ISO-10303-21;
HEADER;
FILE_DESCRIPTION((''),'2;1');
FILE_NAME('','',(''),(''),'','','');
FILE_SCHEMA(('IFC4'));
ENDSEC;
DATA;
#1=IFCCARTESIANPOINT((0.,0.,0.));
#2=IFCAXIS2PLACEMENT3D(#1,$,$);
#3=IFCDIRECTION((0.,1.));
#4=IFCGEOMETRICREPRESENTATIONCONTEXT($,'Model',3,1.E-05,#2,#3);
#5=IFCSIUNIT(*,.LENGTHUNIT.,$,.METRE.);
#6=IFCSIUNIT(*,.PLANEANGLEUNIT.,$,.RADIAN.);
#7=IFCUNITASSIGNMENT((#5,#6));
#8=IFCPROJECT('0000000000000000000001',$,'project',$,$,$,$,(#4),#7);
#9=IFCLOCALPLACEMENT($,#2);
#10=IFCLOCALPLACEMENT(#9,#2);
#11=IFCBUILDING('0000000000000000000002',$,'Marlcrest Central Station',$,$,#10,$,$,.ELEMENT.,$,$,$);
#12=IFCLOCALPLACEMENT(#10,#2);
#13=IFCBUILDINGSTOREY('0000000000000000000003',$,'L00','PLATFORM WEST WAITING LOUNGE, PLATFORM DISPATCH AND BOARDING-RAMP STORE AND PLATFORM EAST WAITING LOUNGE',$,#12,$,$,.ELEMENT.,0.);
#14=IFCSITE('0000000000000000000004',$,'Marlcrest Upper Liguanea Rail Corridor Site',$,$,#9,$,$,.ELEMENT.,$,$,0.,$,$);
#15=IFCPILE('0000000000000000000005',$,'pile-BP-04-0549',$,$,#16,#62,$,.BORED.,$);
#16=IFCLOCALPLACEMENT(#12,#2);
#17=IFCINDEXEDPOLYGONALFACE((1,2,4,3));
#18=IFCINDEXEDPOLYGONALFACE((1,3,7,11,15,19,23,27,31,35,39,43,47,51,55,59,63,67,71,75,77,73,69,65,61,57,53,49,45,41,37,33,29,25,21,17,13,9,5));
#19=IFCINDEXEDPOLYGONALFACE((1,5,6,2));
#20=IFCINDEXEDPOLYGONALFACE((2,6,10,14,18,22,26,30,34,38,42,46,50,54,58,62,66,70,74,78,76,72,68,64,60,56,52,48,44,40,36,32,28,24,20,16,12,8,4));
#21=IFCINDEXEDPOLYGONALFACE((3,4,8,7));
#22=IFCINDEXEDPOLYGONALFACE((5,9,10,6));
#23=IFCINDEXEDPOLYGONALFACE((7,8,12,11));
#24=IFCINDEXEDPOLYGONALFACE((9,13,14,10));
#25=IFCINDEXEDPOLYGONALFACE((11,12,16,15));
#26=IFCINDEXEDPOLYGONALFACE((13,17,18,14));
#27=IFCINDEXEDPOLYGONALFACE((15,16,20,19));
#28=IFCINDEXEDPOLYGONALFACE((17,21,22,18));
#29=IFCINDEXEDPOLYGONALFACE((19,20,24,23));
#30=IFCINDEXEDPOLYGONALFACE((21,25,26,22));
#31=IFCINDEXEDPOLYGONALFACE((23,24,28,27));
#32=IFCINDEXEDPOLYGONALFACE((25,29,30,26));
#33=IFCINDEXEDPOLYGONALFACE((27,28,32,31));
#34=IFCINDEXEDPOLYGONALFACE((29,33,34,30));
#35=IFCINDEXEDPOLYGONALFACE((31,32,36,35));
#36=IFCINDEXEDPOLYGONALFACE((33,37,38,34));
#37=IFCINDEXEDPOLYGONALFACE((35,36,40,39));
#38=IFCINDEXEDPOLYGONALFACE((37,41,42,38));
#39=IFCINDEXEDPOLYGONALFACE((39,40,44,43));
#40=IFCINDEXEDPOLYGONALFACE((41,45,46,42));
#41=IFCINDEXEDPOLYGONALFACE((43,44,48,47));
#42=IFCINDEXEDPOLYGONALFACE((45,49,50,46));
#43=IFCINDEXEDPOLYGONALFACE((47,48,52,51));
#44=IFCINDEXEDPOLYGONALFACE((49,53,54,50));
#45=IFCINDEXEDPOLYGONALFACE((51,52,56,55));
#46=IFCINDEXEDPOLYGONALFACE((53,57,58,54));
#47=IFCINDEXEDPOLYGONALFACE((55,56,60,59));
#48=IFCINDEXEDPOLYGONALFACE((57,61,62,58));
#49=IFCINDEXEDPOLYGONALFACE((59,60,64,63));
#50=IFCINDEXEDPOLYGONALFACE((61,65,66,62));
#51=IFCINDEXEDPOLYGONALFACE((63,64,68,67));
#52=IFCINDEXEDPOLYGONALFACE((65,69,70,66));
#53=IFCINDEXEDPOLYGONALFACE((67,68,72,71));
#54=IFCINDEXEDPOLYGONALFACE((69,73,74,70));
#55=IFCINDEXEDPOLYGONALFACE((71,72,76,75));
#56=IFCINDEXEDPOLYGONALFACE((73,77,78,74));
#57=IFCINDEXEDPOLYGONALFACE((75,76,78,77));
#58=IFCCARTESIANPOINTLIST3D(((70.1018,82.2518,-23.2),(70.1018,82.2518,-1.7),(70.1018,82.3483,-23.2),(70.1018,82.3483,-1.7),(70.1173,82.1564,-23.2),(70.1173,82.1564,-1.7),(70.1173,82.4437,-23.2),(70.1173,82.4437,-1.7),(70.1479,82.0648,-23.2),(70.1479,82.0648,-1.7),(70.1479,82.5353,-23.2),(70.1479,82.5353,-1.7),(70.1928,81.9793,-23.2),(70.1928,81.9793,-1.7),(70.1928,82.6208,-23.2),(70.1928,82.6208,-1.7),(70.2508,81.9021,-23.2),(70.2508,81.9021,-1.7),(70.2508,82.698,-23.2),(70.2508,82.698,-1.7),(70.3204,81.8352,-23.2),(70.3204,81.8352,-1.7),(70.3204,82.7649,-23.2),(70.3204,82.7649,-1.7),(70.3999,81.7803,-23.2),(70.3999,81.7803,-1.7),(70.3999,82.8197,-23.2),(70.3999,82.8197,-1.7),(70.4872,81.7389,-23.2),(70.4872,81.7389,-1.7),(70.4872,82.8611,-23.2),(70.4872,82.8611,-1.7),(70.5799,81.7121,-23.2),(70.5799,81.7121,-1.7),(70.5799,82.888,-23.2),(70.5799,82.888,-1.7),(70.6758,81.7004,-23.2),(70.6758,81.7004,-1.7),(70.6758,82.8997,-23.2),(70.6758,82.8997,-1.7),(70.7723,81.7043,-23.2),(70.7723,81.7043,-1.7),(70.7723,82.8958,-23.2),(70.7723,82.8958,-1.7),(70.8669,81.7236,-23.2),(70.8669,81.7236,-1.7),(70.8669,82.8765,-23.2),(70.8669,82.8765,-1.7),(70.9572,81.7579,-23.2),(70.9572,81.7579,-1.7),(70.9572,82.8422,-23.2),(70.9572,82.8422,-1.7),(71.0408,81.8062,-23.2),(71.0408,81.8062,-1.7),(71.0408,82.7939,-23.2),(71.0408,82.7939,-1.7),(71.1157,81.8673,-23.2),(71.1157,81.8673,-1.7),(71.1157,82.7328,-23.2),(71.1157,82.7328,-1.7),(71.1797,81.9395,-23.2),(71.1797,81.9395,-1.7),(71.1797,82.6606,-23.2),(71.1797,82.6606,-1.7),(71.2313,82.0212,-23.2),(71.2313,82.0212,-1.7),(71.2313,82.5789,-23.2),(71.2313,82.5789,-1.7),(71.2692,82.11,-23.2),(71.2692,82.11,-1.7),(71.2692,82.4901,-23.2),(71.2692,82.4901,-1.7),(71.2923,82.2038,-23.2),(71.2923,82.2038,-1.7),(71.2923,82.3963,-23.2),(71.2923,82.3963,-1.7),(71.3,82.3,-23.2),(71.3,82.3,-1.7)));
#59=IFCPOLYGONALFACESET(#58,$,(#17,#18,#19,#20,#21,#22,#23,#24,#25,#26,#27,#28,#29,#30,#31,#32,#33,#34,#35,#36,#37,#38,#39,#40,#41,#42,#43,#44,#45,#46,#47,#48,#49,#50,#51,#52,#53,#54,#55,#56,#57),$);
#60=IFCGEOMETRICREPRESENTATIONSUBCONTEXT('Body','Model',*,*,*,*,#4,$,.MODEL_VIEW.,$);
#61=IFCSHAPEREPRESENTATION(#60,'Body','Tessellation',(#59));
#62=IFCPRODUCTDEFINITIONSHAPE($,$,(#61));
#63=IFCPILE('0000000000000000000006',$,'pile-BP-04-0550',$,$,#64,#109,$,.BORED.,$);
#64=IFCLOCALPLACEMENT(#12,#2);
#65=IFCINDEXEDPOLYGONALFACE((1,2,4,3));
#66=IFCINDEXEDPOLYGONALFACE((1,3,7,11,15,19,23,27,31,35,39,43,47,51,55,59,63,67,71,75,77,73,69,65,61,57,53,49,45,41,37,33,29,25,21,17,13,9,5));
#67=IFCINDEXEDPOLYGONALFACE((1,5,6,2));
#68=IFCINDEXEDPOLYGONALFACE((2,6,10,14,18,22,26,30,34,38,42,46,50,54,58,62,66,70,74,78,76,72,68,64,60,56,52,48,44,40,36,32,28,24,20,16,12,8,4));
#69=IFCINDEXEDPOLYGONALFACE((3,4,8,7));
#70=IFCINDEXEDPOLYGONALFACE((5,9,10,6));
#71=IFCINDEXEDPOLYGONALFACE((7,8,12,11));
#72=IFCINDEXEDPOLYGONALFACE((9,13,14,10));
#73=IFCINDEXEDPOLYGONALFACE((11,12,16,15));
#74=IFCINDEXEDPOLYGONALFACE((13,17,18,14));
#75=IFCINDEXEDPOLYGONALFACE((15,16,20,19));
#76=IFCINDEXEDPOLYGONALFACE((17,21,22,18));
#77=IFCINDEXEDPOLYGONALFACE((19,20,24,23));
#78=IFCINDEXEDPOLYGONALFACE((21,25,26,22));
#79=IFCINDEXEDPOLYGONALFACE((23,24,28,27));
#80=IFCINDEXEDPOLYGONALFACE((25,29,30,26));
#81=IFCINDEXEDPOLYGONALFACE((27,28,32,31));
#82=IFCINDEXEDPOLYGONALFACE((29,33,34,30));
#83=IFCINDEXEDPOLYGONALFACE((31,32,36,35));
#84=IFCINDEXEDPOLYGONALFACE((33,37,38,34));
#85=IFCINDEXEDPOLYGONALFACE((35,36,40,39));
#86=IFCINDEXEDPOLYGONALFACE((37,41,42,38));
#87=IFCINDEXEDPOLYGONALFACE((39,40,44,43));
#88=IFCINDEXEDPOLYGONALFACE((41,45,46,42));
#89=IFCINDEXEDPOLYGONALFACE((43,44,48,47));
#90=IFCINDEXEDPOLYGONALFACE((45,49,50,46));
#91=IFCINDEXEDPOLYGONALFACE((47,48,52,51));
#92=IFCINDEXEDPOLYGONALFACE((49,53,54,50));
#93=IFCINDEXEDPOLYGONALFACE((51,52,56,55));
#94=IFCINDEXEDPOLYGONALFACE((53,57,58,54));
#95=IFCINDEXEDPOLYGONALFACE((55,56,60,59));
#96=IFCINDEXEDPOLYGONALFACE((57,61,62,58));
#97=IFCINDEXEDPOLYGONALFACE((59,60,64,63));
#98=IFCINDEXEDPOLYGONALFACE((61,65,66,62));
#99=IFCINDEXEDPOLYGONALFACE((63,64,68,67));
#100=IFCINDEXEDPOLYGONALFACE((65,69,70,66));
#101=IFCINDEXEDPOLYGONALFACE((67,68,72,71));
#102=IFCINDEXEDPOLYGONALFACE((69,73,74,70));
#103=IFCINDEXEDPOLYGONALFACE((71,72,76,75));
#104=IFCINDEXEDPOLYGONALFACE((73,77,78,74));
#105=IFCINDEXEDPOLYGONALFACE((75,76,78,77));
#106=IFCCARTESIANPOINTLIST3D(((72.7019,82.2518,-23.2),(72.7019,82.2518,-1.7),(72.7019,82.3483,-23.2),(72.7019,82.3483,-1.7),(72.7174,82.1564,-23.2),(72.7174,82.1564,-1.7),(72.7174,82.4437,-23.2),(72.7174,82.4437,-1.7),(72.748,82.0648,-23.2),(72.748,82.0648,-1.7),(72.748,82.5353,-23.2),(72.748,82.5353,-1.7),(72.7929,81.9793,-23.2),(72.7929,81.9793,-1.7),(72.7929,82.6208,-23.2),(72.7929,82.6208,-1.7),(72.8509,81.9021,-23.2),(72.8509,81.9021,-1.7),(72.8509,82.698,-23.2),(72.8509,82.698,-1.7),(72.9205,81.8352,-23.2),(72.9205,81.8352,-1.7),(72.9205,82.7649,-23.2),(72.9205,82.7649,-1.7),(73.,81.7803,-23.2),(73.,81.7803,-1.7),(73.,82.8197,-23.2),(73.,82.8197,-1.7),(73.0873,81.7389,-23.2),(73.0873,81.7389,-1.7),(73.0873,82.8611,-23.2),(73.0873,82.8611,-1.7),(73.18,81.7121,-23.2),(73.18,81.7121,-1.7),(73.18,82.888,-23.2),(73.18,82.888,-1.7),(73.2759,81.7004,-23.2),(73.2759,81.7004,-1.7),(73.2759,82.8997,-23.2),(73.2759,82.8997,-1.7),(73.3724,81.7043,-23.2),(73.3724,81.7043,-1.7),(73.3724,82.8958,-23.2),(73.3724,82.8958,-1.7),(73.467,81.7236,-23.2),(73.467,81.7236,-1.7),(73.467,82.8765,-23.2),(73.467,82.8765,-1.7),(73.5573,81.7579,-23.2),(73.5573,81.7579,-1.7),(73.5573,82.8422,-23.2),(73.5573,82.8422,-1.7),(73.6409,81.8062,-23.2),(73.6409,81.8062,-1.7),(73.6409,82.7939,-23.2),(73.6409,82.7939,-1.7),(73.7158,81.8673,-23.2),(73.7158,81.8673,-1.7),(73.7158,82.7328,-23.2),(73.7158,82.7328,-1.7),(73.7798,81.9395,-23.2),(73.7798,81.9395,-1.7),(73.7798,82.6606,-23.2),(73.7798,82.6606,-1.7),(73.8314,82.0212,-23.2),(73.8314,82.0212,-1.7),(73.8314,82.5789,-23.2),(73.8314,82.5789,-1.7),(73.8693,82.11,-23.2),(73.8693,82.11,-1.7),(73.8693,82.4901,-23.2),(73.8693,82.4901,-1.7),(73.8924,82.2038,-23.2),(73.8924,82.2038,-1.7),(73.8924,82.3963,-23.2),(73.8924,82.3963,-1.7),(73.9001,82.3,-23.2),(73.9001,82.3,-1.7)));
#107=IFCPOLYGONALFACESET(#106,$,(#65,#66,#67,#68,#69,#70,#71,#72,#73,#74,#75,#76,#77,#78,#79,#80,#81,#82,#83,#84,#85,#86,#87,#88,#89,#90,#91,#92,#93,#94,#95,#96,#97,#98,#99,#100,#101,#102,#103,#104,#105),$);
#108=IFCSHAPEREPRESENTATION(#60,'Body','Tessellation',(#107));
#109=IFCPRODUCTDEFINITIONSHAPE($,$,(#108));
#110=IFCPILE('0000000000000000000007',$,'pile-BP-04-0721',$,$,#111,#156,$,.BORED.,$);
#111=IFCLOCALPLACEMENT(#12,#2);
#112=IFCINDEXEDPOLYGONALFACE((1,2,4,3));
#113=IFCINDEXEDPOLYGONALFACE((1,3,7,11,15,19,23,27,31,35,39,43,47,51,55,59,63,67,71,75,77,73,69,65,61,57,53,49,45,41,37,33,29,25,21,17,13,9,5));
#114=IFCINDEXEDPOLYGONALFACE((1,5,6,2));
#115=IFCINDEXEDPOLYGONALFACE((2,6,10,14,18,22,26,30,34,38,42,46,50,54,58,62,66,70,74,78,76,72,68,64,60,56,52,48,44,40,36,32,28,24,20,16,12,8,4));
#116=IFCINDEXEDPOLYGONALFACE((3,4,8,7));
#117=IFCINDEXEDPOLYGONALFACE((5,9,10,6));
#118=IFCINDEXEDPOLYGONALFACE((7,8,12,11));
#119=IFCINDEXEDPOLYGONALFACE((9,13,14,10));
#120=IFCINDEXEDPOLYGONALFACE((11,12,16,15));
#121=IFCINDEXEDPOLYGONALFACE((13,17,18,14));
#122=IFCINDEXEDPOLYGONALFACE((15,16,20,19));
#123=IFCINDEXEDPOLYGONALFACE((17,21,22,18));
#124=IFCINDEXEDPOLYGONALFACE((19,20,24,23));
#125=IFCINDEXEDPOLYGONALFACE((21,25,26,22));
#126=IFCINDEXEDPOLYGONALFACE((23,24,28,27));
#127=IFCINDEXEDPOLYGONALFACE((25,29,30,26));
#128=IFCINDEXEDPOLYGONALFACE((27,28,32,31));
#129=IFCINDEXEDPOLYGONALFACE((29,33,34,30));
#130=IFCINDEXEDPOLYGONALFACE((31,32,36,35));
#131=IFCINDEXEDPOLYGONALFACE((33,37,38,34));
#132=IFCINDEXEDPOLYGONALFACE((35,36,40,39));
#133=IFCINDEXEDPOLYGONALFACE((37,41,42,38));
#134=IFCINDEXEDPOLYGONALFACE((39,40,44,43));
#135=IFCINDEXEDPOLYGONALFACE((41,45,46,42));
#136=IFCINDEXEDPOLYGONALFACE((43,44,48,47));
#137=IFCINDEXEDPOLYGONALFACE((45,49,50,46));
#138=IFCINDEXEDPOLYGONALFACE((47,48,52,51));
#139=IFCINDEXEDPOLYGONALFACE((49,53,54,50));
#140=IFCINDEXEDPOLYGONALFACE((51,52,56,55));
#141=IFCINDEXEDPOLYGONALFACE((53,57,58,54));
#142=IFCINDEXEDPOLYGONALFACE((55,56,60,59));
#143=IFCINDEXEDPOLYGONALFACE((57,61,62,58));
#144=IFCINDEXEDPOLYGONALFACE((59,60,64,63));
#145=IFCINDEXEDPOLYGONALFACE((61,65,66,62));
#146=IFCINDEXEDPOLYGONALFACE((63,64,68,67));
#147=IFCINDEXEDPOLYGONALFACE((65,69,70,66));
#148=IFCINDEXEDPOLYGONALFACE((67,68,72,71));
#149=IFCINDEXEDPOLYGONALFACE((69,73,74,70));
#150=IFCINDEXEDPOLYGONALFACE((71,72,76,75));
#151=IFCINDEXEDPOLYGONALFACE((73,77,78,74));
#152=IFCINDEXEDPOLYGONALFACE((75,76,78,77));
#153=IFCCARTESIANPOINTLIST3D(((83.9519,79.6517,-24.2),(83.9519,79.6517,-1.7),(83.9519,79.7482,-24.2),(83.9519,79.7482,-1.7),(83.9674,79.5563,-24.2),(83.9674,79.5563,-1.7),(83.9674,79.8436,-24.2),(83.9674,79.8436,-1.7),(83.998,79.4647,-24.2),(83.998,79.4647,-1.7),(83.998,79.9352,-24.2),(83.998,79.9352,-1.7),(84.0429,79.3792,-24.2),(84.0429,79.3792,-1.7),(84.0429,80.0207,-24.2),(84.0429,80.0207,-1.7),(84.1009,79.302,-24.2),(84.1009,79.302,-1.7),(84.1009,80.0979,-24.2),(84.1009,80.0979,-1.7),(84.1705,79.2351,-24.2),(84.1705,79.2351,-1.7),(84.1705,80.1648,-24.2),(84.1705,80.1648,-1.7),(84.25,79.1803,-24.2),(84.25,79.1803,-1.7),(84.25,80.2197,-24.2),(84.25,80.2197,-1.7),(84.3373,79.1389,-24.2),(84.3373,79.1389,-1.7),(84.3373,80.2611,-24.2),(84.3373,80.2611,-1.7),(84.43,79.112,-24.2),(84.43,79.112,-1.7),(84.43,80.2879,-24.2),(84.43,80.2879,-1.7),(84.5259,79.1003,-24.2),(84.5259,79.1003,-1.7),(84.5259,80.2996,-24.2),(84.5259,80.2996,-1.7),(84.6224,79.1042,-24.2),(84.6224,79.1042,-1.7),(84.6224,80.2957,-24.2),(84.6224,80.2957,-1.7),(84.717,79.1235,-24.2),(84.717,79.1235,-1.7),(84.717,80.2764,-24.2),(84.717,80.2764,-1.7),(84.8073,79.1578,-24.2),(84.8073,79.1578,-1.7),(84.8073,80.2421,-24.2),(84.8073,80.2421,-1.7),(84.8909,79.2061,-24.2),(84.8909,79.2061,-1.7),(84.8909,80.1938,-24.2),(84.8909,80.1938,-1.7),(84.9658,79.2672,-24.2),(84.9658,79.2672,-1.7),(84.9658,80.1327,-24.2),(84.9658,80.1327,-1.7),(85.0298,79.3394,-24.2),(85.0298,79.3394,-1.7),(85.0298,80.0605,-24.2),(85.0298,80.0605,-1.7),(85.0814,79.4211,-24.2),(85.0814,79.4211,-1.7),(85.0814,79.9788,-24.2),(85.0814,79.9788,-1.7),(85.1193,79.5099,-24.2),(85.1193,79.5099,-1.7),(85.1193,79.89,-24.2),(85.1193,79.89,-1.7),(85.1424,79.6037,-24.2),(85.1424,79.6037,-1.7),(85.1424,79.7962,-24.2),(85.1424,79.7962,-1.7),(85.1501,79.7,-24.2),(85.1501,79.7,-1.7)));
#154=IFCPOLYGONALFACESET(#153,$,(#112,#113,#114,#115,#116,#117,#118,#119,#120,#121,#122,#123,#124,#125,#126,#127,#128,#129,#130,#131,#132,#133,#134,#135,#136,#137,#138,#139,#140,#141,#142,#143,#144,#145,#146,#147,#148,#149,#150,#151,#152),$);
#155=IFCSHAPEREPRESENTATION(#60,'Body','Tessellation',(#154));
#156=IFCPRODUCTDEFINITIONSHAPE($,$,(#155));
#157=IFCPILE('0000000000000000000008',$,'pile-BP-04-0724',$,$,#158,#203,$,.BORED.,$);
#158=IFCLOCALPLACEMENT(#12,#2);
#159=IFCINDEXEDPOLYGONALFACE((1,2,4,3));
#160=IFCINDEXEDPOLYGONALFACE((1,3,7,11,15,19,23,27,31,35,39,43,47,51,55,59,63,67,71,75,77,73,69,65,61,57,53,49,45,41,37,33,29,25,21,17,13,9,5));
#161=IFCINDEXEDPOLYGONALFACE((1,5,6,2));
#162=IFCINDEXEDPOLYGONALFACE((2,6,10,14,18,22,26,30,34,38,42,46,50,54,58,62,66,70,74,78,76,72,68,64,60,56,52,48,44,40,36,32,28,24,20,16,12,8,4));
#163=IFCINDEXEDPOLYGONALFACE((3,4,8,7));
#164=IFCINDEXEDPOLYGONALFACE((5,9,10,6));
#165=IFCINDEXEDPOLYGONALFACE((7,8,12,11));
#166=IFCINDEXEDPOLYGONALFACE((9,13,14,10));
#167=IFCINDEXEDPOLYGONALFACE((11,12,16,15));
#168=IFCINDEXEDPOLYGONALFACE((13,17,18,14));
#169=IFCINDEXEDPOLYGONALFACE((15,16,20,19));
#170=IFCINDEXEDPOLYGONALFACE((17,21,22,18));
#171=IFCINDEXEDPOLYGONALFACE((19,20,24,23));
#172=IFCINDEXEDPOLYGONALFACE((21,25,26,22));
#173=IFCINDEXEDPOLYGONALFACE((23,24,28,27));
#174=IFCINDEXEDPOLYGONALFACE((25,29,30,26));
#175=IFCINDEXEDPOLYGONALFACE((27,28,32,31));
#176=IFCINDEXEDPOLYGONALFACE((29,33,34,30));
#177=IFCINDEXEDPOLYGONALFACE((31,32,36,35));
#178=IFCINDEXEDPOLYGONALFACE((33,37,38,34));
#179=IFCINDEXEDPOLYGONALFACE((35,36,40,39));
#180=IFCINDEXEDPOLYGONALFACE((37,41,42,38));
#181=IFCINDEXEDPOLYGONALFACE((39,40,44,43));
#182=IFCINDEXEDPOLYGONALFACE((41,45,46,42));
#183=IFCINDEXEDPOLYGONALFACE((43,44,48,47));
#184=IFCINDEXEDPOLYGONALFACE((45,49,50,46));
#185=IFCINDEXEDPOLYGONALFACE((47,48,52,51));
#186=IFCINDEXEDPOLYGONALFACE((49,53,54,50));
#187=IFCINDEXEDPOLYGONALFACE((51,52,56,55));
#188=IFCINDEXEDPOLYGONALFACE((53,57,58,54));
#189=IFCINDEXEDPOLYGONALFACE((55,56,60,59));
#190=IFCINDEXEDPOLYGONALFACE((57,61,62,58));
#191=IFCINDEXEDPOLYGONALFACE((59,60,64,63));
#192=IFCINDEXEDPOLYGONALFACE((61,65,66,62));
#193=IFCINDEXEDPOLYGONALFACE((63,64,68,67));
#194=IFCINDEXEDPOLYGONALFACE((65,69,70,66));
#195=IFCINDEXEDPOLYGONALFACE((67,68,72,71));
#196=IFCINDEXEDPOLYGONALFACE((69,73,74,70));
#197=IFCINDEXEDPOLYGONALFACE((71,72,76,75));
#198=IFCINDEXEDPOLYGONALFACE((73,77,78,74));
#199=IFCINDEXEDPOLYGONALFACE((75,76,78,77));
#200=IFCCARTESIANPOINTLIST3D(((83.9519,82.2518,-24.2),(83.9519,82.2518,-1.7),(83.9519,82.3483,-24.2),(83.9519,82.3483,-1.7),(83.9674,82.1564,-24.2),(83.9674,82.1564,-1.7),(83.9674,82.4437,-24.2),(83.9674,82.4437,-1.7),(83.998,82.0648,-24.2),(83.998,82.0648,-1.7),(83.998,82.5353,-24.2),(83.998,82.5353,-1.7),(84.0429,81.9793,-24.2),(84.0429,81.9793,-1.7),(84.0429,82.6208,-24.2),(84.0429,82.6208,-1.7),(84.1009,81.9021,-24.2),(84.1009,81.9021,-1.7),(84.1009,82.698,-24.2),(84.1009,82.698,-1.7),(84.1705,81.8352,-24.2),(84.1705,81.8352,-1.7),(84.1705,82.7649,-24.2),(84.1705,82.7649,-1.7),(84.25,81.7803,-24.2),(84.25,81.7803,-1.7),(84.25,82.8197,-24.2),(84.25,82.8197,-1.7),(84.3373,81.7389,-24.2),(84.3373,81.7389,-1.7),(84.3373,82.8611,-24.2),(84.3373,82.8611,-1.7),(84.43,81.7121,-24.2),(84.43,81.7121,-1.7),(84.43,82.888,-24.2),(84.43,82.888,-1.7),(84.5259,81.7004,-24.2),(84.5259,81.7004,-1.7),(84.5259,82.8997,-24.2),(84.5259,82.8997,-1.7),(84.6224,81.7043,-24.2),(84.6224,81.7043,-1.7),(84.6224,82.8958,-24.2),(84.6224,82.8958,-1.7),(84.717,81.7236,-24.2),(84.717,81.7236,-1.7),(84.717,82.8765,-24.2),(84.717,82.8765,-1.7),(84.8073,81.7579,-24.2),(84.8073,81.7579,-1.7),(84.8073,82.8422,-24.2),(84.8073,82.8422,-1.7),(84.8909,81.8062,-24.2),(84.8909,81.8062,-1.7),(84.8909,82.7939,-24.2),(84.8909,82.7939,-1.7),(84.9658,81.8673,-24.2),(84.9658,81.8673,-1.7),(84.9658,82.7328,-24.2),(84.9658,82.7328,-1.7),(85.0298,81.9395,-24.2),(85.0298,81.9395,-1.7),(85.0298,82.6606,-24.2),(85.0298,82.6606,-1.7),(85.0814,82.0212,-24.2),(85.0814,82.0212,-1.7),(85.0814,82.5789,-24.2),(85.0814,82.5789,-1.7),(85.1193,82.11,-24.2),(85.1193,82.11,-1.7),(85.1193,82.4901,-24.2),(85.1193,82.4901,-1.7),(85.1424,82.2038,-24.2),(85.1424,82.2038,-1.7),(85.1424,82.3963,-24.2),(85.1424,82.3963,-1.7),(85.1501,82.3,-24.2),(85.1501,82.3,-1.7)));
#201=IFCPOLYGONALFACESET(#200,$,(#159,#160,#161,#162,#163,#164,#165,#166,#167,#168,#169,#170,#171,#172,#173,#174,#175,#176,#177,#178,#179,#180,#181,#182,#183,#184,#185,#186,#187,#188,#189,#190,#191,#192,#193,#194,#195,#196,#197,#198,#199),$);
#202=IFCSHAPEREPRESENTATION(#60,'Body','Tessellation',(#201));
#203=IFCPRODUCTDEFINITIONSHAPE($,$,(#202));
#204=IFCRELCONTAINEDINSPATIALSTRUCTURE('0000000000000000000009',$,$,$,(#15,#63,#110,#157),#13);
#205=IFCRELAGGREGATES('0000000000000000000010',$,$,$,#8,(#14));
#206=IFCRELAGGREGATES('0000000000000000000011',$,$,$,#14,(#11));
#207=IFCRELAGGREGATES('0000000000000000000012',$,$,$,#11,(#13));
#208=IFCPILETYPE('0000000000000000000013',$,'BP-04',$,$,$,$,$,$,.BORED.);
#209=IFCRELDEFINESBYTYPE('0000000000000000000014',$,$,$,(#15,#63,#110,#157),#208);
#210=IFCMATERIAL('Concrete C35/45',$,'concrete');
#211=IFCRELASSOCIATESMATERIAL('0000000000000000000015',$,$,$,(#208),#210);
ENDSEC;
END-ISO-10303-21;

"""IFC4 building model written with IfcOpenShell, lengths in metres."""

from ifc_helpers import new_model, si_unit, direction, frame, origin, origin_2d, place, context, subcontext, project, spatial, circle, extrude, material, material_profile, profile_set, type_object, element, save


model = new_model("IFC4")

# Units and contexts
model_context = context("Model", 3, precision=1e-05, world=origin(), true_north=direction((0.0, 1.0)))
body_context = subcontext(model_context, "Body", "Model", "MODEL_VIEW")
ifc_project = project(units=[si_unit("LENGTHUNIT", "METRE"), si_unit("PLANEANGLEUNIT", "RADIAN")], contexts=[model_context])

# Site, building, storey
site_placement = place(None, origin())
site = spatial("IfcSite", under=ifc_project, at=site_placement, Name="Marlcrest Upper Liguanea Rail Corridor Site", CompositionType="ELEMENT", RefElevation=0.0)
building_placement = place(site_placement, origin())
building = spatial("IfcBuilding", under=site, at=building_placement, Name="Marlcrest Central Station", CompositionType="ELEMENT")
storey_placement = place(building_placement, origin())
storey = spatial("IfcBuildingStorey", under=building, at=storey_placement, Name="L00", Description="PLATFORM WEST WAITING LOUNGE, PLATFORM DISPATCH AND BOARDING-RAMP STORE AND PLATFORM EAST WAITING LOUNGE", CompositionType="ELEMENT", Elevation=0.0)

# Piles
ifc_material_1 = material(Name="Concrete C35/45", Category="concrete")
ifc_material_profile_1 = material_profile(ifc_material_1, circle(Radius=0.6001, at=origin_2d()), Name="PILE D1200")
ifc_profile_set_1 = profile_set([ifc_material_profile_1], Name="Concrete C35/45")
pile_type_1 = type_object("IfcPileType", Name="BP-04", PredefinedType="BORED", material=ifc_profile_set_1)
for number, where, z_axis, x_axis, name in (
    (1, (70.7, 82.3, -1.7), (0.0, 0.0, -1.0), (1.0, 0.0, 0.0), "pile-BP-04-0549"),
    (2, (73.3, 82.3, -1.7), (0.0, 0.0, -1.0), (1.0, 0.0, 0.0), "pile-BP-04-0550"),
):
    element("IfcPile", number, at=place(storey_placement, frame(where, z_axis=z_axis, x_axis=x_axis)), inside=storey, type_object=pile_type_1, Name=name, PredefinedType="BORED", context=body_context, shape_type="SweptSolid", body=[
        extrude(circle(Radius=0.6001, at=origin_2d()), origin(), (0.0, 0.0, 1.0), 21.5),
    ])
for number, where, z_axis, x_axis, name in (
    (3, (84.55, 79.7, -1.7), (0.0, 0.0, -1.0), (1.0, 0.0, 0.0), "pile-BP-04-0721"),
    (4, (84.55, 82.3, -1.7), (0.0, 0.0, -1.0), (1.0, 0.0, 0.0), "pile-BP-04-0724"),
):
    element("IfcPile", number, at=place(storey_placement, frame(where, z_axis=z_axis, x_axis=x_axis)), inside=storey, type_object=pile_type_1, Name=name, PredefinedType="BORED", context=body_context, shape_type="SweptSolid", body=[
        extrude(circle(Radius=0.6001, at=origin_2d()), origin(), (0.0, 0.0, 1.0), 22.5),
    ])

save(model, "model.ifc")
